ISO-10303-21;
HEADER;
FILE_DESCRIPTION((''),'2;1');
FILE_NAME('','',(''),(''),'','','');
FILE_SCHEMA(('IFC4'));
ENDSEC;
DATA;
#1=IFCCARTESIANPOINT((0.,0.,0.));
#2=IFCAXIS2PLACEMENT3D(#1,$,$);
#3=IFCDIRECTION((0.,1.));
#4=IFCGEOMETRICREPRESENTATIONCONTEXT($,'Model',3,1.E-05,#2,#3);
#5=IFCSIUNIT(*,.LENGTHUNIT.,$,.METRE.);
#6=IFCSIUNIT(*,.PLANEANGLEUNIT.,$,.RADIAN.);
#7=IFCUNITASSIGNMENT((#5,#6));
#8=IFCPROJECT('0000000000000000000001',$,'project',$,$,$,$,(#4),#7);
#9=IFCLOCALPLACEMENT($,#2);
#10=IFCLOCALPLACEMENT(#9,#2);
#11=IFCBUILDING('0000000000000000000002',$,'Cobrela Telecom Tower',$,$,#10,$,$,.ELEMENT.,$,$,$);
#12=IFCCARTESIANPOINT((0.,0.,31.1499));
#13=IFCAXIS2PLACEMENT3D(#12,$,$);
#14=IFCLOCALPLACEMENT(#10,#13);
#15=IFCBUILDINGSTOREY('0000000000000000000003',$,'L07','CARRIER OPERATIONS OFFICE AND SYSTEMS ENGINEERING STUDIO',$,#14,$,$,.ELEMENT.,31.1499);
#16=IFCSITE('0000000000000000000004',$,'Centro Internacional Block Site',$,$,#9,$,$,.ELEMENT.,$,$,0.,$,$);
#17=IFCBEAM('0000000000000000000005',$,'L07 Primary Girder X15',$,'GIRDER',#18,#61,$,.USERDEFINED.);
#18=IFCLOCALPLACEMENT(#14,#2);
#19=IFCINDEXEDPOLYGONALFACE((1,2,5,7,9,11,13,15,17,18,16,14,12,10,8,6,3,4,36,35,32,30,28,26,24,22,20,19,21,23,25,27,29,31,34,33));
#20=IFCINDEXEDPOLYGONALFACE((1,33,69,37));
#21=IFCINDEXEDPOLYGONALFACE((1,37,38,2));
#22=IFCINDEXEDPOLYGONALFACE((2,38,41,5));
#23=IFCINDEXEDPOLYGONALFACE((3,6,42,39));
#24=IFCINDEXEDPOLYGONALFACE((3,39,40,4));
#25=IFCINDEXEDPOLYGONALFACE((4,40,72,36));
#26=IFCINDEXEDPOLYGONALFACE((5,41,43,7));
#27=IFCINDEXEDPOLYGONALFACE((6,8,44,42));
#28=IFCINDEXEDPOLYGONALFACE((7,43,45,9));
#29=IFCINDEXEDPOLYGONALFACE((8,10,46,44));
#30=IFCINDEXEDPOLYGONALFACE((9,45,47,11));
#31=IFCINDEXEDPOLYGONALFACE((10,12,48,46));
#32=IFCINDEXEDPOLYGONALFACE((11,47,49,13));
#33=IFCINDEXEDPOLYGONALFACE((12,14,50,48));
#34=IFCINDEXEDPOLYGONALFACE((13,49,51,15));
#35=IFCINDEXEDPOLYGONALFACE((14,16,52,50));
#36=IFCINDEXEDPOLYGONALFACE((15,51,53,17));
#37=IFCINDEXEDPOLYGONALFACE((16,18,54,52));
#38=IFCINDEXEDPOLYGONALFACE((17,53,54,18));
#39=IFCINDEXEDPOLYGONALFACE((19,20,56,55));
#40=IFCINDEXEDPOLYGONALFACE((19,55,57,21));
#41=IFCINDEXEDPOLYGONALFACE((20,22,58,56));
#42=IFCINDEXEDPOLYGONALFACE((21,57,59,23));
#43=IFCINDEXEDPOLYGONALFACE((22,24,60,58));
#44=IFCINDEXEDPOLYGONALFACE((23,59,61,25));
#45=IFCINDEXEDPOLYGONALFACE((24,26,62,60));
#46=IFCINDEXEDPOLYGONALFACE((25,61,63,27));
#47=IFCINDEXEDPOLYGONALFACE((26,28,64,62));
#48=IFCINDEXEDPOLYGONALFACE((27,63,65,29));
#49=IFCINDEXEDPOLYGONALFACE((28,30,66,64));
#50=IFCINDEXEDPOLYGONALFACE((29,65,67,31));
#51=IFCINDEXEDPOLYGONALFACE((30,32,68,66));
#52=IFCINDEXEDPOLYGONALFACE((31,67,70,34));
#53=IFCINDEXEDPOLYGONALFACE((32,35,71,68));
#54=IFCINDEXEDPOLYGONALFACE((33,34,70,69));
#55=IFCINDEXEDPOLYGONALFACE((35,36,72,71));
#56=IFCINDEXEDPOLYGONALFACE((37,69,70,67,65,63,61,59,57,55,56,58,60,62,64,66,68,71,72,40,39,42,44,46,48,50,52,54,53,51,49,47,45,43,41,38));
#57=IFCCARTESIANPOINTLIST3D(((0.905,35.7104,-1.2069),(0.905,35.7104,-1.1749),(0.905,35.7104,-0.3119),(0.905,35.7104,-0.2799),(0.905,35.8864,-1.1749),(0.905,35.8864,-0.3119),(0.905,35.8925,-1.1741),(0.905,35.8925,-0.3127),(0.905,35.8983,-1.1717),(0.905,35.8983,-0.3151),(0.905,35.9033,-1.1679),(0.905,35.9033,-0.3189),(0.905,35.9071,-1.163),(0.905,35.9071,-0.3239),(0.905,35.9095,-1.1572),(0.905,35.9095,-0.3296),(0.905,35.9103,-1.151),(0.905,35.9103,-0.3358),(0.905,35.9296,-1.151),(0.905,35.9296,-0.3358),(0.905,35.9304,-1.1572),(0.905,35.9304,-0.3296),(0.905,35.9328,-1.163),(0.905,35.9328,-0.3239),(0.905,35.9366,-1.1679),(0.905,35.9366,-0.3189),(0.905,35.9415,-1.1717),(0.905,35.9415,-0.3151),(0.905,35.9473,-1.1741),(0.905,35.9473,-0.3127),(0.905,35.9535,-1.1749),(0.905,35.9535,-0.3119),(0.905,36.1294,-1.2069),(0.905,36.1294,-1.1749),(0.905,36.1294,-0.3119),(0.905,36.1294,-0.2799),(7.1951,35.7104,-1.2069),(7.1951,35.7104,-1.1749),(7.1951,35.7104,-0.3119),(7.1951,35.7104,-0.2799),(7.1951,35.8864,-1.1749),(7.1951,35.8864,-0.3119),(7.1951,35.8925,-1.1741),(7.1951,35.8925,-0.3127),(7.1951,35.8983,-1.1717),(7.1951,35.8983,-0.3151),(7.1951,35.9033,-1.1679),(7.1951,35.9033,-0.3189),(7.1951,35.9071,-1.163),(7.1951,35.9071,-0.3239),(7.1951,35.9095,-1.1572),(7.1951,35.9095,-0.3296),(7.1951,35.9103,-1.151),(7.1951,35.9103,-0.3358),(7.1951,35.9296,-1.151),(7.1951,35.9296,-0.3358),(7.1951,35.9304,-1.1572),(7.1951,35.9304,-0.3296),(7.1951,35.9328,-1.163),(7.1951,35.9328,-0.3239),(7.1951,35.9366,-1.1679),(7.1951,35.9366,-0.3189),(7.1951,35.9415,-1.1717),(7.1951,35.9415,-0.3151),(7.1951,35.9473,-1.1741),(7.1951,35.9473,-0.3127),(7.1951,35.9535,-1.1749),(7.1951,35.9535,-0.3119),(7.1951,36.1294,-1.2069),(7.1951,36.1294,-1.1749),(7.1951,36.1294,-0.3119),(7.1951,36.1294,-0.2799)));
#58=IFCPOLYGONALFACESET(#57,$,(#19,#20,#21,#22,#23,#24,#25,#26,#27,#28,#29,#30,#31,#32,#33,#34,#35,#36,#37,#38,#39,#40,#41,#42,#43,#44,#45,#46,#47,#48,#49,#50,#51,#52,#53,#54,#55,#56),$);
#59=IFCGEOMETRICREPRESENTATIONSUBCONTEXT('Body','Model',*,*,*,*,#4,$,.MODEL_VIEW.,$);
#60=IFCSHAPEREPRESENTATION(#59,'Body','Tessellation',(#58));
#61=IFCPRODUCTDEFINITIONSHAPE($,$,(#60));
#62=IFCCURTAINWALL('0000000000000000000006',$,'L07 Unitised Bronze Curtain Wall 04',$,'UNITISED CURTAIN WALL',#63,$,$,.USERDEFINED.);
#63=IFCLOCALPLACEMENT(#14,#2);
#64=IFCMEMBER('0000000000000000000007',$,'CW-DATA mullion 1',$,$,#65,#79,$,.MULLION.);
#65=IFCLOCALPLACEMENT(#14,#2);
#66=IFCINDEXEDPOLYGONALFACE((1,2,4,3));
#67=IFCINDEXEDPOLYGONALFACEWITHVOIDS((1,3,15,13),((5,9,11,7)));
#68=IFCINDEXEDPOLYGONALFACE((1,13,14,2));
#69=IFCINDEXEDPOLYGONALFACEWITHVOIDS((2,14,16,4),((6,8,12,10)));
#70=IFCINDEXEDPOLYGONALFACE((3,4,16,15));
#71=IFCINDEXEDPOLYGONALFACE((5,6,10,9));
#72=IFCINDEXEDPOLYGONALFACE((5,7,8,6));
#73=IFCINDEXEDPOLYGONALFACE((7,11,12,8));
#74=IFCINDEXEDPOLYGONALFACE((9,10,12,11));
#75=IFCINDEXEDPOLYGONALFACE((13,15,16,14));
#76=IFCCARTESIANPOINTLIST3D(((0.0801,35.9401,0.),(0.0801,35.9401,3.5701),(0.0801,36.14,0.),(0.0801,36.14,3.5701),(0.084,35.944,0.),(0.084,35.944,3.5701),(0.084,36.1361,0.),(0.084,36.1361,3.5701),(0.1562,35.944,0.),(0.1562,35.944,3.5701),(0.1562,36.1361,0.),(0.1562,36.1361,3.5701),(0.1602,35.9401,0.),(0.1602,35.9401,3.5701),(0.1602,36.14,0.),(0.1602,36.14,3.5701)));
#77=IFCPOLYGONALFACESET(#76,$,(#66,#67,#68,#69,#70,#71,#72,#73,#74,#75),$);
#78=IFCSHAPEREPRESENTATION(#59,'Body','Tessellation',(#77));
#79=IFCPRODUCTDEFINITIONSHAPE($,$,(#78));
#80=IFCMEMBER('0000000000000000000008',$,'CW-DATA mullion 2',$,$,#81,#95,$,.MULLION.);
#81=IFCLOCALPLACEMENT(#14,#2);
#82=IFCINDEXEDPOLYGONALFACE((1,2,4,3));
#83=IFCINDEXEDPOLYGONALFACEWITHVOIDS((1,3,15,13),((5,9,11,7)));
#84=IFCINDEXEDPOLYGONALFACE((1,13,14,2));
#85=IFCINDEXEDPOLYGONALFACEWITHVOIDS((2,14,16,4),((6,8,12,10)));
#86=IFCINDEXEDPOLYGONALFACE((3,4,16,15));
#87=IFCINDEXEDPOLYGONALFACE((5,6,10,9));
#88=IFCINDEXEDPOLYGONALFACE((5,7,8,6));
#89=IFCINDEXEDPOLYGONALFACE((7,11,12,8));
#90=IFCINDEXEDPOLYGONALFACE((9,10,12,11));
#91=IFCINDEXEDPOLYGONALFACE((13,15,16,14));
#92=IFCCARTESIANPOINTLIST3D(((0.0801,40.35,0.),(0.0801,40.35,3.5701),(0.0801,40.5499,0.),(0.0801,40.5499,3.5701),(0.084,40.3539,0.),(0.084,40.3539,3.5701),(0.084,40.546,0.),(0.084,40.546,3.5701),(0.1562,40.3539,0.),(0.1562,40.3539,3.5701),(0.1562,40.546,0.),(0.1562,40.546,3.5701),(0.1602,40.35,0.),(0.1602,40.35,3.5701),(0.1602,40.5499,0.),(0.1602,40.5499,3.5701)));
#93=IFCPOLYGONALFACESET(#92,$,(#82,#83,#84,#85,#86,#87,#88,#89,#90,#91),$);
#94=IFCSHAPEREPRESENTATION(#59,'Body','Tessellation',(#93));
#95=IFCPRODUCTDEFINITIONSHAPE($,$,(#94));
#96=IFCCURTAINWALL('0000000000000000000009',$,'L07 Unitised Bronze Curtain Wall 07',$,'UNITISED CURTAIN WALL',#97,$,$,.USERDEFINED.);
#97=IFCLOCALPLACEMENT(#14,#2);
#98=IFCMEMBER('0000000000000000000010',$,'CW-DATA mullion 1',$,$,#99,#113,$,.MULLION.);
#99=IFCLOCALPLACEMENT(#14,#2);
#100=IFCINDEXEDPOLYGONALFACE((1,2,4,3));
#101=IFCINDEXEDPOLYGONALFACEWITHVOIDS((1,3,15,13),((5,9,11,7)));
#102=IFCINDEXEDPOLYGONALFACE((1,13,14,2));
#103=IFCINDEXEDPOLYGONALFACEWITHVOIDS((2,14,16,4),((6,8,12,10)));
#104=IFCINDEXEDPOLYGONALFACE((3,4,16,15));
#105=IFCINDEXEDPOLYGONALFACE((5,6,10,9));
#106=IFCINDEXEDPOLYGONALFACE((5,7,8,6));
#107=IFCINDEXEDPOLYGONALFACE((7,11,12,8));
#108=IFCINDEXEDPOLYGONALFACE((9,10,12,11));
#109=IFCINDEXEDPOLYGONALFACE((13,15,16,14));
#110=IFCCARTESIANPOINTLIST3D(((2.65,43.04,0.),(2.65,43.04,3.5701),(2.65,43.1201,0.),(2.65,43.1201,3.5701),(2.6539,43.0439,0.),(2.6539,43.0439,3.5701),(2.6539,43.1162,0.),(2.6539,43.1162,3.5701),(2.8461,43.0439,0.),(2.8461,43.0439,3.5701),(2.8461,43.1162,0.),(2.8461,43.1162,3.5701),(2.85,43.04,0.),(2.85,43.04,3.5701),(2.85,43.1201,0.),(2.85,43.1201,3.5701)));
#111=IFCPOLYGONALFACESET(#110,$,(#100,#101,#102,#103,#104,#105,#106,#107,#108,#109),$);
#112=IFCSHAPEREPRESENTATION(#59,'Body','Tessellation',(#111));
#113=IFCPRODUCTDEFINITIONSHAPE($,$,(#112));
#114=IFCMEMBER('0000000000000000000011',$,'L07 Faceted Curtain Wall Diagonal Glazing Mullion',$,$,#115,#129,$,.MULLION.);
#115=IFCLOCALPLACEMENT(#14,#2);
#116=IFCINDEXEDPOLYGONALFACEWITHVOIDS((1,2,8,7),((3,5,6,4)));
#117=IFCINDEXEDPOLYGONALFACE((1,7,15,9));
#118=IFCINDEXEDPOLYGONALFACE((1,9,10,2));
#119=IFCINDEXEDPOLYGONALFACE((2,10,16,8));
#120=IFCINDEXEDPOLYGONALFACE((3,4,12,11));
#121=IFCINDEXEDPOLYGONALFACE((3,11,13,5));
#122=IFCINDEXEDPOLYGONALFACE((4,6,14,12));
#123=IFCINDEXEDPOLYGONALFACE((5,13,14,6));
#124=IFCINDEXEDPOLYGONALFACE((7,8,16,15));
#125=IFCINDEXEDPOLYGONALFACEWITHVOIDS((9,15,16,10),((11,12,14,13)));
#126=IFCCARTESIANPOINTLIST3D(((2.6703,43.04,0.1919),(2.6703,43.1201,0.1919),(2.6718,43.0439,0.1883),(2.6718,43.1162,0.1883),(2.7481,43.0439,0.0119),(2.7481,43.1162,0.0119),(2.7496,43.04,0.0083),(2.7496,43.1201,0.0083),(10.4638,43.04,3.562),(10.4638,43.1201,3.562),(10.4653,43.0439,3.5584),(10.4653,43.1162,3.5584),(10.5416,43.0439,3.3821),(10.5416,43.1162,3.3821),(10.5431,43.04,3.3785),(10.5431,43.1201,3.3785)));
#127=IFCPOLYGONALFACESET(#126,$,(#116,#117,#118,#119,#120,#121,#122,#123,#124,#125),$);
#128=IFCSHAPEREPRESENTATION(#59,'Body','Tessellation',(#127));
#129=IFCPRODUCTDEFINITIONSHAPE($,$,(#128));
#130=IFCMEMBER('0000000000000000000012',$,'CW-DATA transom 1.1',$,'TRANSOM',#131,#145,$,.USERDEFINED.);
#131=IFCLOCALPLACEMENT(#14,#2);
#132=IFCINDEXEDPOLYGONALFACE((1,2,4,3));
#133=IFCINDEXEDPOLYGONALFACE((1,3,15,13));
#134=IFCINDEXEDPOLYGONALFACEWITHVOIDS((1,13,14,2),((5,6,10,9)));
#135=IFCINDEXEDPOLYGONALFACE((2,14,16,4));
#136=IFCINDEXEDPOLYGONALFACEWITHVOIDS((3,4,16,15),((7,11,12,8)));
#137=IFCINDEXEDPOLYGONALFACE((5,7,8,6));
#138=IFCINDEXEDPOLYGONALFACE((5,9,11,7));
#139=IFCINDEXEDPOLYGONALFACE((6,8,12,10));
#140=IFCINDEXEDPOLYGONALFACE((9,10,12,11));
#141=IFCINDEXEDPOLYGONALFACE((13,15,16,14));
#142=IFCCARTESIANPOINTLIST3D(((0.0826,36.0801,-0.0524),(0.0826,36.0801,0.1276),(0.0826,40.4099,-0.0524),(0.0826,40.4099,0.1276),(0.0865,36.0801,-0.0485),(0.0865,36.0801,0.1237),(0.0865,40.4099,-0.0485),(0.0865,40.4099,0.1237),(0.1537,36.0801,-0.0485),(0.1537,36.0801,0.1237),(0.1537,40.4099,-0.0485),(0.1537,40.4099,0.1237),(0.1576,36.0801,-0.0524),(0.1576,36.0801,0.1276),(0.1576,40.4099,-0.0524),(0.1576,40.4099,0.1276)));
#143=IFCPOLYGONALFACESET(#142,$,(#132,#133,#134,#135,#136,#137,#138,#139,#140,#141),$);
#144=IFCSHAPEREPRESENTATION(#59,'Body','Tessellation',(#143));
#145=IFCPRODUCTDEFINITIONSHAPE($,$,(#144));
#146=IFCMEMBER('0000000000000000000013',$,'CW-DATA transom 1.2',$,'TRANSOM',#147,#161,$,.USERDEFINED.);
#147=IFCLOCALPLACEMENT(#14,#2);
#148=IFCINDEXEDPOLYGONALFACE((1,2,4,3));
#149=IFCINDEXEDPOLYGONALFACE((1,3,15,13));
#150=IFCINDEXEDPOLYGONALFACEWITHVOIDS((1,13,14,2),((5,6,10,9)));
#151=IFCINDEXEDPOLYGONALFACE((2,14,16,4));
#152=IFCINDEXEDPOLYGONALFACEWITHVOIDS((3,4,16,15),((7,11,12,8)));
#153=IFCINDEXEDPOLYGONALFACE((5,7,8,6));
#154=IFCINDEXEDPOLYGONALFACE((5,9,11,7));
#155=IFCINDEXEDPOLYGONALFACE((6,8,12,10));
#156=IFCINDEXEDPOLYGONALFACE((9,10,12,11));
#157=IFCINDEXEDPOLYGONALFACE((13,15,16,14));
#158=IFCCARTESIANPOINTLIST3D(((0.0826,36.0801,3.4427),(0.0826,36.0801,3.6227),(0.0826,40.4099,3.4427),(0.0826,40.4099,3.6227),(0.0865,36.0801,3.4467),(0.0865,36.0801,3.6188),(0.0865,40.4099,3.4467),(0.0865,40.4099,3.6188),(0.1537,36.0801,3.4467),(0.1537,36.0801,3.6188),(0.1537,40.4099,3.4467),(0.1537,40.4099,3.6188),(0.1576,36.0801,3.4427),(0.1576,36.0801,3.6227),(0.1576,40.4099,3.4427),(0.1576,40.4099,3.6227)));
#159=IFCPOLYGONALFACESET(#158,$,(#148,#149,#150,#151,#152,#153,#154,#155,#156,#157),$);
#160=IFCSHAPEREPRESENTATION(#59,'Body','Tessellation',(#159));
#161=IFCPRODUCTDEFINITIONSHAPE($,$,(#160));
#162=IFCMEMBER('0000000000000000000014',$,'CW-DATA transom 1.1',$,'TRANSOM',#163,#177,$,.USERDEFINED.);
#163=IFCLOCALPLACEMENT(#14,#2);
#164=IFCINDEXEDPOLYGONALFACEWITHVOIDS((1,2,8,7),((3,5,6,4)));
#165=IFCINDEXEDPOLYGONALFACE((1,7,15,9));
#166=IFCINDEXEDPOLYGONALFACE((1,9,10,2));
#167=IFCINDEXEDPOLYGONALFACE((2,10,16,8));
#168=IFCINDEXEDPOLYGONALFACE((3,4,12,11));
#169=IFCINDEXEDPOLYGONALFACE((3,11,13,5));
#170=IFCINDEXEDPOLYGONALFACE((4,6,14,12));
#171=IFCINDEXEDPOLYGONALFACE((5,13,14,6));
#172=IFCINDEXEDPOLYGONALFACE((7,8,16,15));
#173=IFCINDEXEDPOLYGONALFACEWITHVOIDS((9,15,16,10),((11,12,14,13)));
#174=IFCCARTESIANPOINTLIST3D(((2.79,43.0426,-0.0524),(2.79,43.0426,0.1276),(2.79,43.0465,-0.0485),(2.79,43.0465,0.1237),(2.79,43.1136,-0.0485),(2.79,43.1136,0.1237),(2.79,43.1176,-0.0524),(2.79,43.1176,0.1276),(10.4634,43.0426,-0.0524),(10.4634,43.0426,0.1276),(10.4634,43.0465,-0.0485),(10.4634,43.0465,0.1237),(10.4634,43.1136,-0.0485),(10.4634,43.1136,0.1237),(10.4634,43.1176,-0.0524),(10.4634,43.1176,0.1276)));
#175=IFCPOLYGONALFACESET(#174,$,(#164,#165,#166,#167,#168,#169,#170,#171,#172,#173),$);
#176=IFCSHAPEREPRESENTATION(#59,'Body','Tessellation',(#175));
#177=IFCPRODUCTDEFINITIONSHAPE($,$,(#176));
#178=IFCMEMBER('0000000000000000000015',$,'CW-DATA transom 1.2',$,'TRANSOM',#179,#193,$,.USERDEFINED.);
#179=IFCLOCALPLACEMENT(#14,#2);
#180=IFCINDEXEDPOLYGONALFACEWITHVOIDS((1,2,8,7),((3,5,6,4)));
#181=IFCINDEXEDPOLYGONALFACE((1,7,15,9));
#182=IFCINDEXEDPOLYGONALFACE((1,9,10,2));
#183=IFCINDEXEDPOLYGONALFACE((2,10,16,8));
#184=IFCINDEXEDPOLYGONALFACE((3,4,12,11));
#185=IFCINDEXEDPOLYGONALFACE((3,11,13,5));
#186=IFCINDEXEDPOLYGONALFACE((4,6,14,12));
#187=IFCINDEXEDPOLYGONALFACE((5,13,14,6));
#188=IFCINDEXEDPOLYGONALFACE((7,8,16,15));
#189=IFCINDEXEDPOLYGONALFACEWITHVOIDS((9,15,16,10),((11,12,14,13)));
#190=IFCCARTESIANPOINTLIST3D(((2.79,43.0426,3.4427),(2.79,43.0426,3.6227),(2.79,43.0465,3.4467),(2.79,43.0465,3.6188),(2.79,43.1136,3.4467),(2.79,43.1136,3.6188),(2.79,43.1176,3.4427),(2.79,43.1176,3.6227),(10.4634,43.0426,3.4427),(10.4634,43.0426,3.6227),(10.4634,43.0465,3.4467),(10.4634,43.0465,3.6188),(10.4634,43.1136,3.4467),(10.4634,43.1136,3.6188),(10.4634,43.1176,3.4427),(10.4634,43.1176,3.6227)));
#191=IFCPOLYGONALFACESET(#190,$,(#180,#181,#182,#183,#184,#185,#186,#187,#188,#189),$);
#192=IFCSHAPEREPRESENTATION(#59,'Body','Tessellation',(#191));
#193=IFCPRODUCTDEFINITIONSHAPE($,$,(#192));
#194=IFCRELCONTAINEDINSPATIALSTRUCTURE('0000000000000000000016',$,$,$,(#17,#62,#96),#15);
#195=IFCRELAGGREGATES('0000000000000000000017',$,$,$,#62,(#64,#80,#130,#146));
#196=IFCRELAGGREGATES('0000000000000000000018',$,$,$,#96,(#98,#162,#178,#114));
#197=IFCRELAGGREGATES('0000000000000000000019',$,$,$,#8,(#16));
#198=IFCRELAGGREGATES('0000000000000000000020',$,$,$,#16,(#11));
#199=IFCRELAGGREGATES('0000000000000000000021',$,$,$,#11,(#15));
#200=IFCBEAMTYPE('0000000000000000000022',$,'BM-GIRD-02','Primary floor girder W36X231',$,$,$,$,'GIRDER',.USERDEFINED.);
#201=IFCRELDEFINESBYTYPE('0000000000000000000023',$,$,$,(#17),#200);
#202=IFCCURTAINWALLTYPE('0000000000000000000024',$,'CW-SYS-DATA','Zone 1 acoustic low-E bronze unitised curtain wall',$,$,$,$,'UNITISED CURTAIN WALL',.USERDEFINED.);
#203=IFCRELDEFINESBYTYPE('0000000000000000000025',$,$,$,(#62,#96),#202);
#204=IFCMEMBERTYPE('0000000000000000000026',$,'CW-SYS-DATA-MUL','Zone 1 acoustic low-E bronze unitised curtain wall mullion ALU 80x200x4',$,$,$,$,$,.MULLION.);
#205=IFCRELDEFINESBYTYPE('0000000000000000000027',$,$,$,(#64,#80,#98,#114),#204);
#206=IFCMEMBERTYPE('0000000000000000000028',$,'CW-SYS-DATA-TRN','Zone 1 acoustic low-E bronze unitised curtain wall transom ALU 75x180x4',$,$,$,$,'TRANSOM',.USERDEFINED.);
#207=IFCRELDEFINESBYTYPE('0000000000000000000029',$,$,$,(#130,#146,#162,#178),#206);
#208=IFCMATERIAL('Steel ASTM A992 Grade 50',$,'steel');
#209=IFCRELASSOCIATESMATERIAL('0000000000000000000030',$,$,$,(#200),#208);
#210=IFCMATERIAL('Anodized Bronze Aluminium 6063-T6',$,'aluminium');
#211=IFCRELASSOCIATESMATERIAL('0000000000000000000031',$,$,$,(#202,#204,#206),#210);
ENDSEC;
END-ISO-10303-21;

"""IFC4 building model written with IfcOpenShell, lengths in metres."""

from ifc_helpers import new_model, si_unit, direction, frame, origin, origin_2d, place, context, subcontext, project, spatial, hollow_rectangle, i_section, extrude, material, material_profile, profile_set, type_object, element, aggregate, save


model = new_model("IFC4")

# Units and contexts
model_context = context("Model", 3, precision=1e-05, world=origin(), true_north=direction((0.0, 1.0)))
body_context = subcontext(model_context, "Body", "Model", "MODEL_VIEW")
ifc_project = project(units=[si_unit("LENGTHUNIT", "METRE"), si_unit("PLANEANGLEUNIT", "RADIAN")], contexts=[model_context])

# Site, building, storey
site_placement = place(None, origin())
site = spatial("IfcSite", under=ifc_project, at=site_placement, Name="Centro Internacional Block Site", CompositionType="ELEMENT", RefElevation=0.0)
building_placement = place(site_placement, origin())
building = spatial("IfcBuilding", under=site, at=building_placement, Name="Cobrela Telecom Tower", CompositionType="ELEMENT")
storey_placement = place(building_placement, frame((0.0, 0.0, 31.1499)))
storey = spatial("IfcBuildingStorey", under=building, at=storey_placement, Name="L07", Description="CARRIER OPERATIONS OFFICE AND SYSTEMS ENGINEERING STUDIO", CompositionType="ELEMENT", Elevation=31.1499)

# Beam
ifc_material_1 = material(Name="Steel ASTM A992 Grade 50", Category="steel")
ifc_material_profile_1 = material_profile(ifc_material_1, i_section(OverallWidth=0.4189, OverallDepth=0.927, WebThickness=0.0193, FlangeThickness=0.032, FilletRadius=0.0239, at=origin_2d()), Name="W36X231")
ifc_profile_set_1 = profile_set([ifc_material_profile_1], Name="Steel ASTM A992 Grade 50")
beam_type = type_object("IfcBeamType", Name="BM-GIRD-02", Description="Primary floor girder W36X231", ElementType="GIRDER", PredefinedType="USERDEFINED", material=ifc_profile_set_1)
beam_placement = place(storey_placement, frame((0.905, 35.9199, -0.7434), z_axis=(1.0, 0.0, 0.0), x_axis=(0.0, 1.0, 0.0)))
element("IfcBeam", 1, at=beam_placement, inside=storey, type_object=beam_type, Name="L07 Primary Girder X15", ObjectType="GIRDER", PredefinedType="USERDEFINED", context=body_context, shape_type="SweptSolid", body=[
    extrude(i_section(OverallWidth=0.4189, OverallDepth=0.927, WebThickness=0.0193, FlangeThickness=0.032, FilletRadius=0.0239, at=origin_2d()), origin(), (0.0, 0.0, 1.0), 6.29),
])

# Curtain walls, members
ifc_material_2 = material(Name="Anodized Bronze Aluminium 6063-T6", Category="aluminium")
curtain_wall_type = type_object("IfcCurtainWallType", Name="CW-SYS-DATA", Description="Zone 1 acoustic low-E bronze unitised curtain wall", ElementType="UNITISED CURTAIN WALL", PredefinedType="USERDEFINED", material=ifc_material_2)
curtain_wall_1_placement = place(storey_placement, origin())
curtain_wall_1 = element("IfcCurtainWall", 2, at=curtain_wall_1_placement, inside=storey, type_object=curtain_wall_type, Name="L07 Unitised Bronze Curtain Wall 04", ObjectType="UNITISED CURTAIN WALL", PredefinedType="USERDEFINED")
ifc_material_profile_2 = material_profile(ifc_material_2, hollow_rectangle(XDim=0.0801, YDim=0.2, WallThickness=0.0039, at=origin_2d()), Name="ALU 80x200x4")
ifc_profile_set_2 = profile_set([ifc_material_profile_2], Name="Anodized Bronze Aluminium 6063-T6")
member_type_1 = type_object("IfcMemberType", Name="CW-SYS-DATA-MUL", Description="Zone 1 acoustic low-E bronze unitised curtain wall mullion ALU 80x200x4", PredefinedType="MULLION", material=ifc_profile_set_2)
member_1_placement = place(storey_placement, frame((0.1201, 36.04, 0.0), z_axis=(0.0, 0.0, 1.0), x_axis=(-1.0, 0.0, 0.0)))
member_1 = element("IfcMember", 3, at=member_1_placement, type_object=member_type_1, Name="CW-DATA mullion 1", PredefinedType="MULLION", context=body_context, shape_type="SweptSolid", body=[
    extrude(hollow_rectangle(XDim=0.0801, YDim=0.2, WallThickness=0.0039, at=origin_2d()), origin(), (0.0, 0.0, 1.0), 3.5701),
])
member_2_placement = place(storey_placement, frame((0.1201, 40.45, 0.0), z_axis=(0.0, 0.0, 1.0), x_axis=(-1.0, 0.0, 0.0)))
member_2 = element("IfcMember", 4, at=member_2_placement, type_object=member_type_1, Name="CW-DATA mullion 2", PredefinedType="MULLION", context=body_context, shape_type="SweptSolid", body=[
    extrude(hollow_rectangle(XDim=0.0801, YDim=0.2, WallThickness=0.0039, at=origin_2d()), origin(), (0.0, 0.0, 1.0), 3.5701),
])
curtain_wall_2_placement = place(storey_placement, origin())
curtain_wall_2 = element("IfcCurtainWall", 5, at=curtain_wall_2_placement, inside=storey, type_object=curtain_wall_type, Name="L07 Unitised Bronze Curtain Wall 07", ObjectType="UNITISED CURTAIN WALL", PredefinedType="USERDEFINED")
member_3_placement = place(storey_placement, frame((2.75, 43.0801, 0.0), z_axis=(0.0, 0.0, 1.0), x_axis=(0.0, 1.0, 0.0)))
member_3 = element("IfcMember", 6, at=member_3_placement, type_object=member_type_1, Name="CW-DATA mullion 1", PredefinedType="MULLION", context=body_context, shape_type="SweptSolid", body=[
    extrude(hollow_rectangle(XDim=0.0801, YDim=0.2, WallThickness=0.0039, at=origin_2d()), origin(), (0.0, 0.0, 1.0), 3.5701),
])
member_4_placement = place(storey_placement, frame((2.71, 43.0801, 0.1001), z_axis=(0.917858, 0.0, 0.396909), x_axis=(0.0, 1.0, 0.0)))
member_4 = element("IfcMember", 7, at=member_4_placement, type_object=member_type_1, Name="L07 Faceted Curtain Wall Diagonal Glazing Mullion", PredefinedType="MULLION", context=body_context, shape_type="SweptSolid", body=[
    extrude(hollow_rectangle(XDim=0.0801, YDim=0.2, WallThickness=0.0039, at=origin_2d()), origin(), (0.0, 0.0, 1.0), 8.491),
])

# Members
ifc_material_profile_3 = material_profile(ifc_material_2, hollow_rectangle(XDim=0.075, YDim=0.1799, WallThickness=0.0039, at=origin_2d()), Name="ALU 75x180x4")
ifc_profile_set_3 = profile_set([ifc_material_profile_3], Name="Anodized Bronze Aluminium 6063-T6")
member_type_2 = type_object("IfcMemberType", Name="CW-SYS-DATA-TRN", Description="Zone 1 acoustic low-E bronze unitised curtain wall transom ALU 75x180x4", ElementType="TRANSOM", PredefinedType="USERDEFINED", material=ifc_profile_set_3)
member_5_placement = place(storey_placement, frame((0.1201, 36.0801, 0.0376), z_axis=(0.0, 1.0, 0.0), x_axis=(-1.0, 0.0, 0.0)))
member_5 = element("IfcMember", 8, at=member_5_placement, type_object=member_type_2, Name="CW-DATA transom 1.1", ObjectType="TRANSOM", PredefinedType="USERDEFINED", context=body_context, shape_type="SweptSolid", body=[
    extrude(hollow_rectangle(XDim=0.075, YDim=0.1799, WallThickness=0.0039, at=origin_2d()), origin(), (0.0, 0.0, 1.0), 4.3298),
])
member_6_placement = place(storey_placement, frame((0.1201, 36.0801, 3.5327), z_axis=(0.0, 1.0, 0.0), x_axis=(-1.0, 0.0, 0.0)))
member_6 = element("IfcMember", 9, at=member_6_placement, type_object=member_type_2, Name="CW-DATA transom 1.2", ObjectType="TRANSOM", PredefinedType="USERDEFINED", context=body_context, shape_type="SweptSolid", body=[
    extrude(hollow_rectangle(XDim=0.075, YDim=0.1799, WallThickness=0.0039, at=origin_2d()), origin(), (0.0, 0.0, 1.0), 4.3298),
])
member_7_placement = place(storey_placement, frame((2.79, 43.0801, 0.0376), z_axis=(1.0, 0.0, 0.0), x_axis=(0.0, 1.0, 0.0)))
member_7 = element("IfcMember", 10, at=member_7_placement, type_object=member_type_2, Name="CW-DATA transom 1.1", ObjectType="TRANSOM", PredefinedType="USERDEFINED", context=body_context, shape_type="SweptSolid", body=[
    extrude(hollow_rectangle(XDim=0.075, YDim=0.1799, WallThickness=0.0039, at=origin_2d()), origin(), (0.0, 0.0, 1.0), 7.6733),
])
member_8_placement = place(storey_placement, frame((2.79, 43.0801, 3.5327), z_axis=(1.0, 0.0, 0.0), x_axis=(0.0, 1.0, 0.0)))
member_8 = element("IfcMember", 11, at=member_8_placement, type_object=member_type_2, Name="CW-DATA transom 1.2", ObjectType="TRANSOM", PredefinedType="USERDEFINED", context=body_context, shape_type="SweptSolid", body=[
    extrude(hollow_rectangle(XDim=0.075, YDim=0.1799, WallThickness=0.0039, at=origin_2d()), origin(), (0.0, 0.0, 1.0), 7.6733),
])

aggregate(curtain_wall_1, [member_1, member_2, member_5, member_6])
aggregate(curtain_wall_2, [member_3, member_7, member_8, member_4])

save(model, "model.ifc")
